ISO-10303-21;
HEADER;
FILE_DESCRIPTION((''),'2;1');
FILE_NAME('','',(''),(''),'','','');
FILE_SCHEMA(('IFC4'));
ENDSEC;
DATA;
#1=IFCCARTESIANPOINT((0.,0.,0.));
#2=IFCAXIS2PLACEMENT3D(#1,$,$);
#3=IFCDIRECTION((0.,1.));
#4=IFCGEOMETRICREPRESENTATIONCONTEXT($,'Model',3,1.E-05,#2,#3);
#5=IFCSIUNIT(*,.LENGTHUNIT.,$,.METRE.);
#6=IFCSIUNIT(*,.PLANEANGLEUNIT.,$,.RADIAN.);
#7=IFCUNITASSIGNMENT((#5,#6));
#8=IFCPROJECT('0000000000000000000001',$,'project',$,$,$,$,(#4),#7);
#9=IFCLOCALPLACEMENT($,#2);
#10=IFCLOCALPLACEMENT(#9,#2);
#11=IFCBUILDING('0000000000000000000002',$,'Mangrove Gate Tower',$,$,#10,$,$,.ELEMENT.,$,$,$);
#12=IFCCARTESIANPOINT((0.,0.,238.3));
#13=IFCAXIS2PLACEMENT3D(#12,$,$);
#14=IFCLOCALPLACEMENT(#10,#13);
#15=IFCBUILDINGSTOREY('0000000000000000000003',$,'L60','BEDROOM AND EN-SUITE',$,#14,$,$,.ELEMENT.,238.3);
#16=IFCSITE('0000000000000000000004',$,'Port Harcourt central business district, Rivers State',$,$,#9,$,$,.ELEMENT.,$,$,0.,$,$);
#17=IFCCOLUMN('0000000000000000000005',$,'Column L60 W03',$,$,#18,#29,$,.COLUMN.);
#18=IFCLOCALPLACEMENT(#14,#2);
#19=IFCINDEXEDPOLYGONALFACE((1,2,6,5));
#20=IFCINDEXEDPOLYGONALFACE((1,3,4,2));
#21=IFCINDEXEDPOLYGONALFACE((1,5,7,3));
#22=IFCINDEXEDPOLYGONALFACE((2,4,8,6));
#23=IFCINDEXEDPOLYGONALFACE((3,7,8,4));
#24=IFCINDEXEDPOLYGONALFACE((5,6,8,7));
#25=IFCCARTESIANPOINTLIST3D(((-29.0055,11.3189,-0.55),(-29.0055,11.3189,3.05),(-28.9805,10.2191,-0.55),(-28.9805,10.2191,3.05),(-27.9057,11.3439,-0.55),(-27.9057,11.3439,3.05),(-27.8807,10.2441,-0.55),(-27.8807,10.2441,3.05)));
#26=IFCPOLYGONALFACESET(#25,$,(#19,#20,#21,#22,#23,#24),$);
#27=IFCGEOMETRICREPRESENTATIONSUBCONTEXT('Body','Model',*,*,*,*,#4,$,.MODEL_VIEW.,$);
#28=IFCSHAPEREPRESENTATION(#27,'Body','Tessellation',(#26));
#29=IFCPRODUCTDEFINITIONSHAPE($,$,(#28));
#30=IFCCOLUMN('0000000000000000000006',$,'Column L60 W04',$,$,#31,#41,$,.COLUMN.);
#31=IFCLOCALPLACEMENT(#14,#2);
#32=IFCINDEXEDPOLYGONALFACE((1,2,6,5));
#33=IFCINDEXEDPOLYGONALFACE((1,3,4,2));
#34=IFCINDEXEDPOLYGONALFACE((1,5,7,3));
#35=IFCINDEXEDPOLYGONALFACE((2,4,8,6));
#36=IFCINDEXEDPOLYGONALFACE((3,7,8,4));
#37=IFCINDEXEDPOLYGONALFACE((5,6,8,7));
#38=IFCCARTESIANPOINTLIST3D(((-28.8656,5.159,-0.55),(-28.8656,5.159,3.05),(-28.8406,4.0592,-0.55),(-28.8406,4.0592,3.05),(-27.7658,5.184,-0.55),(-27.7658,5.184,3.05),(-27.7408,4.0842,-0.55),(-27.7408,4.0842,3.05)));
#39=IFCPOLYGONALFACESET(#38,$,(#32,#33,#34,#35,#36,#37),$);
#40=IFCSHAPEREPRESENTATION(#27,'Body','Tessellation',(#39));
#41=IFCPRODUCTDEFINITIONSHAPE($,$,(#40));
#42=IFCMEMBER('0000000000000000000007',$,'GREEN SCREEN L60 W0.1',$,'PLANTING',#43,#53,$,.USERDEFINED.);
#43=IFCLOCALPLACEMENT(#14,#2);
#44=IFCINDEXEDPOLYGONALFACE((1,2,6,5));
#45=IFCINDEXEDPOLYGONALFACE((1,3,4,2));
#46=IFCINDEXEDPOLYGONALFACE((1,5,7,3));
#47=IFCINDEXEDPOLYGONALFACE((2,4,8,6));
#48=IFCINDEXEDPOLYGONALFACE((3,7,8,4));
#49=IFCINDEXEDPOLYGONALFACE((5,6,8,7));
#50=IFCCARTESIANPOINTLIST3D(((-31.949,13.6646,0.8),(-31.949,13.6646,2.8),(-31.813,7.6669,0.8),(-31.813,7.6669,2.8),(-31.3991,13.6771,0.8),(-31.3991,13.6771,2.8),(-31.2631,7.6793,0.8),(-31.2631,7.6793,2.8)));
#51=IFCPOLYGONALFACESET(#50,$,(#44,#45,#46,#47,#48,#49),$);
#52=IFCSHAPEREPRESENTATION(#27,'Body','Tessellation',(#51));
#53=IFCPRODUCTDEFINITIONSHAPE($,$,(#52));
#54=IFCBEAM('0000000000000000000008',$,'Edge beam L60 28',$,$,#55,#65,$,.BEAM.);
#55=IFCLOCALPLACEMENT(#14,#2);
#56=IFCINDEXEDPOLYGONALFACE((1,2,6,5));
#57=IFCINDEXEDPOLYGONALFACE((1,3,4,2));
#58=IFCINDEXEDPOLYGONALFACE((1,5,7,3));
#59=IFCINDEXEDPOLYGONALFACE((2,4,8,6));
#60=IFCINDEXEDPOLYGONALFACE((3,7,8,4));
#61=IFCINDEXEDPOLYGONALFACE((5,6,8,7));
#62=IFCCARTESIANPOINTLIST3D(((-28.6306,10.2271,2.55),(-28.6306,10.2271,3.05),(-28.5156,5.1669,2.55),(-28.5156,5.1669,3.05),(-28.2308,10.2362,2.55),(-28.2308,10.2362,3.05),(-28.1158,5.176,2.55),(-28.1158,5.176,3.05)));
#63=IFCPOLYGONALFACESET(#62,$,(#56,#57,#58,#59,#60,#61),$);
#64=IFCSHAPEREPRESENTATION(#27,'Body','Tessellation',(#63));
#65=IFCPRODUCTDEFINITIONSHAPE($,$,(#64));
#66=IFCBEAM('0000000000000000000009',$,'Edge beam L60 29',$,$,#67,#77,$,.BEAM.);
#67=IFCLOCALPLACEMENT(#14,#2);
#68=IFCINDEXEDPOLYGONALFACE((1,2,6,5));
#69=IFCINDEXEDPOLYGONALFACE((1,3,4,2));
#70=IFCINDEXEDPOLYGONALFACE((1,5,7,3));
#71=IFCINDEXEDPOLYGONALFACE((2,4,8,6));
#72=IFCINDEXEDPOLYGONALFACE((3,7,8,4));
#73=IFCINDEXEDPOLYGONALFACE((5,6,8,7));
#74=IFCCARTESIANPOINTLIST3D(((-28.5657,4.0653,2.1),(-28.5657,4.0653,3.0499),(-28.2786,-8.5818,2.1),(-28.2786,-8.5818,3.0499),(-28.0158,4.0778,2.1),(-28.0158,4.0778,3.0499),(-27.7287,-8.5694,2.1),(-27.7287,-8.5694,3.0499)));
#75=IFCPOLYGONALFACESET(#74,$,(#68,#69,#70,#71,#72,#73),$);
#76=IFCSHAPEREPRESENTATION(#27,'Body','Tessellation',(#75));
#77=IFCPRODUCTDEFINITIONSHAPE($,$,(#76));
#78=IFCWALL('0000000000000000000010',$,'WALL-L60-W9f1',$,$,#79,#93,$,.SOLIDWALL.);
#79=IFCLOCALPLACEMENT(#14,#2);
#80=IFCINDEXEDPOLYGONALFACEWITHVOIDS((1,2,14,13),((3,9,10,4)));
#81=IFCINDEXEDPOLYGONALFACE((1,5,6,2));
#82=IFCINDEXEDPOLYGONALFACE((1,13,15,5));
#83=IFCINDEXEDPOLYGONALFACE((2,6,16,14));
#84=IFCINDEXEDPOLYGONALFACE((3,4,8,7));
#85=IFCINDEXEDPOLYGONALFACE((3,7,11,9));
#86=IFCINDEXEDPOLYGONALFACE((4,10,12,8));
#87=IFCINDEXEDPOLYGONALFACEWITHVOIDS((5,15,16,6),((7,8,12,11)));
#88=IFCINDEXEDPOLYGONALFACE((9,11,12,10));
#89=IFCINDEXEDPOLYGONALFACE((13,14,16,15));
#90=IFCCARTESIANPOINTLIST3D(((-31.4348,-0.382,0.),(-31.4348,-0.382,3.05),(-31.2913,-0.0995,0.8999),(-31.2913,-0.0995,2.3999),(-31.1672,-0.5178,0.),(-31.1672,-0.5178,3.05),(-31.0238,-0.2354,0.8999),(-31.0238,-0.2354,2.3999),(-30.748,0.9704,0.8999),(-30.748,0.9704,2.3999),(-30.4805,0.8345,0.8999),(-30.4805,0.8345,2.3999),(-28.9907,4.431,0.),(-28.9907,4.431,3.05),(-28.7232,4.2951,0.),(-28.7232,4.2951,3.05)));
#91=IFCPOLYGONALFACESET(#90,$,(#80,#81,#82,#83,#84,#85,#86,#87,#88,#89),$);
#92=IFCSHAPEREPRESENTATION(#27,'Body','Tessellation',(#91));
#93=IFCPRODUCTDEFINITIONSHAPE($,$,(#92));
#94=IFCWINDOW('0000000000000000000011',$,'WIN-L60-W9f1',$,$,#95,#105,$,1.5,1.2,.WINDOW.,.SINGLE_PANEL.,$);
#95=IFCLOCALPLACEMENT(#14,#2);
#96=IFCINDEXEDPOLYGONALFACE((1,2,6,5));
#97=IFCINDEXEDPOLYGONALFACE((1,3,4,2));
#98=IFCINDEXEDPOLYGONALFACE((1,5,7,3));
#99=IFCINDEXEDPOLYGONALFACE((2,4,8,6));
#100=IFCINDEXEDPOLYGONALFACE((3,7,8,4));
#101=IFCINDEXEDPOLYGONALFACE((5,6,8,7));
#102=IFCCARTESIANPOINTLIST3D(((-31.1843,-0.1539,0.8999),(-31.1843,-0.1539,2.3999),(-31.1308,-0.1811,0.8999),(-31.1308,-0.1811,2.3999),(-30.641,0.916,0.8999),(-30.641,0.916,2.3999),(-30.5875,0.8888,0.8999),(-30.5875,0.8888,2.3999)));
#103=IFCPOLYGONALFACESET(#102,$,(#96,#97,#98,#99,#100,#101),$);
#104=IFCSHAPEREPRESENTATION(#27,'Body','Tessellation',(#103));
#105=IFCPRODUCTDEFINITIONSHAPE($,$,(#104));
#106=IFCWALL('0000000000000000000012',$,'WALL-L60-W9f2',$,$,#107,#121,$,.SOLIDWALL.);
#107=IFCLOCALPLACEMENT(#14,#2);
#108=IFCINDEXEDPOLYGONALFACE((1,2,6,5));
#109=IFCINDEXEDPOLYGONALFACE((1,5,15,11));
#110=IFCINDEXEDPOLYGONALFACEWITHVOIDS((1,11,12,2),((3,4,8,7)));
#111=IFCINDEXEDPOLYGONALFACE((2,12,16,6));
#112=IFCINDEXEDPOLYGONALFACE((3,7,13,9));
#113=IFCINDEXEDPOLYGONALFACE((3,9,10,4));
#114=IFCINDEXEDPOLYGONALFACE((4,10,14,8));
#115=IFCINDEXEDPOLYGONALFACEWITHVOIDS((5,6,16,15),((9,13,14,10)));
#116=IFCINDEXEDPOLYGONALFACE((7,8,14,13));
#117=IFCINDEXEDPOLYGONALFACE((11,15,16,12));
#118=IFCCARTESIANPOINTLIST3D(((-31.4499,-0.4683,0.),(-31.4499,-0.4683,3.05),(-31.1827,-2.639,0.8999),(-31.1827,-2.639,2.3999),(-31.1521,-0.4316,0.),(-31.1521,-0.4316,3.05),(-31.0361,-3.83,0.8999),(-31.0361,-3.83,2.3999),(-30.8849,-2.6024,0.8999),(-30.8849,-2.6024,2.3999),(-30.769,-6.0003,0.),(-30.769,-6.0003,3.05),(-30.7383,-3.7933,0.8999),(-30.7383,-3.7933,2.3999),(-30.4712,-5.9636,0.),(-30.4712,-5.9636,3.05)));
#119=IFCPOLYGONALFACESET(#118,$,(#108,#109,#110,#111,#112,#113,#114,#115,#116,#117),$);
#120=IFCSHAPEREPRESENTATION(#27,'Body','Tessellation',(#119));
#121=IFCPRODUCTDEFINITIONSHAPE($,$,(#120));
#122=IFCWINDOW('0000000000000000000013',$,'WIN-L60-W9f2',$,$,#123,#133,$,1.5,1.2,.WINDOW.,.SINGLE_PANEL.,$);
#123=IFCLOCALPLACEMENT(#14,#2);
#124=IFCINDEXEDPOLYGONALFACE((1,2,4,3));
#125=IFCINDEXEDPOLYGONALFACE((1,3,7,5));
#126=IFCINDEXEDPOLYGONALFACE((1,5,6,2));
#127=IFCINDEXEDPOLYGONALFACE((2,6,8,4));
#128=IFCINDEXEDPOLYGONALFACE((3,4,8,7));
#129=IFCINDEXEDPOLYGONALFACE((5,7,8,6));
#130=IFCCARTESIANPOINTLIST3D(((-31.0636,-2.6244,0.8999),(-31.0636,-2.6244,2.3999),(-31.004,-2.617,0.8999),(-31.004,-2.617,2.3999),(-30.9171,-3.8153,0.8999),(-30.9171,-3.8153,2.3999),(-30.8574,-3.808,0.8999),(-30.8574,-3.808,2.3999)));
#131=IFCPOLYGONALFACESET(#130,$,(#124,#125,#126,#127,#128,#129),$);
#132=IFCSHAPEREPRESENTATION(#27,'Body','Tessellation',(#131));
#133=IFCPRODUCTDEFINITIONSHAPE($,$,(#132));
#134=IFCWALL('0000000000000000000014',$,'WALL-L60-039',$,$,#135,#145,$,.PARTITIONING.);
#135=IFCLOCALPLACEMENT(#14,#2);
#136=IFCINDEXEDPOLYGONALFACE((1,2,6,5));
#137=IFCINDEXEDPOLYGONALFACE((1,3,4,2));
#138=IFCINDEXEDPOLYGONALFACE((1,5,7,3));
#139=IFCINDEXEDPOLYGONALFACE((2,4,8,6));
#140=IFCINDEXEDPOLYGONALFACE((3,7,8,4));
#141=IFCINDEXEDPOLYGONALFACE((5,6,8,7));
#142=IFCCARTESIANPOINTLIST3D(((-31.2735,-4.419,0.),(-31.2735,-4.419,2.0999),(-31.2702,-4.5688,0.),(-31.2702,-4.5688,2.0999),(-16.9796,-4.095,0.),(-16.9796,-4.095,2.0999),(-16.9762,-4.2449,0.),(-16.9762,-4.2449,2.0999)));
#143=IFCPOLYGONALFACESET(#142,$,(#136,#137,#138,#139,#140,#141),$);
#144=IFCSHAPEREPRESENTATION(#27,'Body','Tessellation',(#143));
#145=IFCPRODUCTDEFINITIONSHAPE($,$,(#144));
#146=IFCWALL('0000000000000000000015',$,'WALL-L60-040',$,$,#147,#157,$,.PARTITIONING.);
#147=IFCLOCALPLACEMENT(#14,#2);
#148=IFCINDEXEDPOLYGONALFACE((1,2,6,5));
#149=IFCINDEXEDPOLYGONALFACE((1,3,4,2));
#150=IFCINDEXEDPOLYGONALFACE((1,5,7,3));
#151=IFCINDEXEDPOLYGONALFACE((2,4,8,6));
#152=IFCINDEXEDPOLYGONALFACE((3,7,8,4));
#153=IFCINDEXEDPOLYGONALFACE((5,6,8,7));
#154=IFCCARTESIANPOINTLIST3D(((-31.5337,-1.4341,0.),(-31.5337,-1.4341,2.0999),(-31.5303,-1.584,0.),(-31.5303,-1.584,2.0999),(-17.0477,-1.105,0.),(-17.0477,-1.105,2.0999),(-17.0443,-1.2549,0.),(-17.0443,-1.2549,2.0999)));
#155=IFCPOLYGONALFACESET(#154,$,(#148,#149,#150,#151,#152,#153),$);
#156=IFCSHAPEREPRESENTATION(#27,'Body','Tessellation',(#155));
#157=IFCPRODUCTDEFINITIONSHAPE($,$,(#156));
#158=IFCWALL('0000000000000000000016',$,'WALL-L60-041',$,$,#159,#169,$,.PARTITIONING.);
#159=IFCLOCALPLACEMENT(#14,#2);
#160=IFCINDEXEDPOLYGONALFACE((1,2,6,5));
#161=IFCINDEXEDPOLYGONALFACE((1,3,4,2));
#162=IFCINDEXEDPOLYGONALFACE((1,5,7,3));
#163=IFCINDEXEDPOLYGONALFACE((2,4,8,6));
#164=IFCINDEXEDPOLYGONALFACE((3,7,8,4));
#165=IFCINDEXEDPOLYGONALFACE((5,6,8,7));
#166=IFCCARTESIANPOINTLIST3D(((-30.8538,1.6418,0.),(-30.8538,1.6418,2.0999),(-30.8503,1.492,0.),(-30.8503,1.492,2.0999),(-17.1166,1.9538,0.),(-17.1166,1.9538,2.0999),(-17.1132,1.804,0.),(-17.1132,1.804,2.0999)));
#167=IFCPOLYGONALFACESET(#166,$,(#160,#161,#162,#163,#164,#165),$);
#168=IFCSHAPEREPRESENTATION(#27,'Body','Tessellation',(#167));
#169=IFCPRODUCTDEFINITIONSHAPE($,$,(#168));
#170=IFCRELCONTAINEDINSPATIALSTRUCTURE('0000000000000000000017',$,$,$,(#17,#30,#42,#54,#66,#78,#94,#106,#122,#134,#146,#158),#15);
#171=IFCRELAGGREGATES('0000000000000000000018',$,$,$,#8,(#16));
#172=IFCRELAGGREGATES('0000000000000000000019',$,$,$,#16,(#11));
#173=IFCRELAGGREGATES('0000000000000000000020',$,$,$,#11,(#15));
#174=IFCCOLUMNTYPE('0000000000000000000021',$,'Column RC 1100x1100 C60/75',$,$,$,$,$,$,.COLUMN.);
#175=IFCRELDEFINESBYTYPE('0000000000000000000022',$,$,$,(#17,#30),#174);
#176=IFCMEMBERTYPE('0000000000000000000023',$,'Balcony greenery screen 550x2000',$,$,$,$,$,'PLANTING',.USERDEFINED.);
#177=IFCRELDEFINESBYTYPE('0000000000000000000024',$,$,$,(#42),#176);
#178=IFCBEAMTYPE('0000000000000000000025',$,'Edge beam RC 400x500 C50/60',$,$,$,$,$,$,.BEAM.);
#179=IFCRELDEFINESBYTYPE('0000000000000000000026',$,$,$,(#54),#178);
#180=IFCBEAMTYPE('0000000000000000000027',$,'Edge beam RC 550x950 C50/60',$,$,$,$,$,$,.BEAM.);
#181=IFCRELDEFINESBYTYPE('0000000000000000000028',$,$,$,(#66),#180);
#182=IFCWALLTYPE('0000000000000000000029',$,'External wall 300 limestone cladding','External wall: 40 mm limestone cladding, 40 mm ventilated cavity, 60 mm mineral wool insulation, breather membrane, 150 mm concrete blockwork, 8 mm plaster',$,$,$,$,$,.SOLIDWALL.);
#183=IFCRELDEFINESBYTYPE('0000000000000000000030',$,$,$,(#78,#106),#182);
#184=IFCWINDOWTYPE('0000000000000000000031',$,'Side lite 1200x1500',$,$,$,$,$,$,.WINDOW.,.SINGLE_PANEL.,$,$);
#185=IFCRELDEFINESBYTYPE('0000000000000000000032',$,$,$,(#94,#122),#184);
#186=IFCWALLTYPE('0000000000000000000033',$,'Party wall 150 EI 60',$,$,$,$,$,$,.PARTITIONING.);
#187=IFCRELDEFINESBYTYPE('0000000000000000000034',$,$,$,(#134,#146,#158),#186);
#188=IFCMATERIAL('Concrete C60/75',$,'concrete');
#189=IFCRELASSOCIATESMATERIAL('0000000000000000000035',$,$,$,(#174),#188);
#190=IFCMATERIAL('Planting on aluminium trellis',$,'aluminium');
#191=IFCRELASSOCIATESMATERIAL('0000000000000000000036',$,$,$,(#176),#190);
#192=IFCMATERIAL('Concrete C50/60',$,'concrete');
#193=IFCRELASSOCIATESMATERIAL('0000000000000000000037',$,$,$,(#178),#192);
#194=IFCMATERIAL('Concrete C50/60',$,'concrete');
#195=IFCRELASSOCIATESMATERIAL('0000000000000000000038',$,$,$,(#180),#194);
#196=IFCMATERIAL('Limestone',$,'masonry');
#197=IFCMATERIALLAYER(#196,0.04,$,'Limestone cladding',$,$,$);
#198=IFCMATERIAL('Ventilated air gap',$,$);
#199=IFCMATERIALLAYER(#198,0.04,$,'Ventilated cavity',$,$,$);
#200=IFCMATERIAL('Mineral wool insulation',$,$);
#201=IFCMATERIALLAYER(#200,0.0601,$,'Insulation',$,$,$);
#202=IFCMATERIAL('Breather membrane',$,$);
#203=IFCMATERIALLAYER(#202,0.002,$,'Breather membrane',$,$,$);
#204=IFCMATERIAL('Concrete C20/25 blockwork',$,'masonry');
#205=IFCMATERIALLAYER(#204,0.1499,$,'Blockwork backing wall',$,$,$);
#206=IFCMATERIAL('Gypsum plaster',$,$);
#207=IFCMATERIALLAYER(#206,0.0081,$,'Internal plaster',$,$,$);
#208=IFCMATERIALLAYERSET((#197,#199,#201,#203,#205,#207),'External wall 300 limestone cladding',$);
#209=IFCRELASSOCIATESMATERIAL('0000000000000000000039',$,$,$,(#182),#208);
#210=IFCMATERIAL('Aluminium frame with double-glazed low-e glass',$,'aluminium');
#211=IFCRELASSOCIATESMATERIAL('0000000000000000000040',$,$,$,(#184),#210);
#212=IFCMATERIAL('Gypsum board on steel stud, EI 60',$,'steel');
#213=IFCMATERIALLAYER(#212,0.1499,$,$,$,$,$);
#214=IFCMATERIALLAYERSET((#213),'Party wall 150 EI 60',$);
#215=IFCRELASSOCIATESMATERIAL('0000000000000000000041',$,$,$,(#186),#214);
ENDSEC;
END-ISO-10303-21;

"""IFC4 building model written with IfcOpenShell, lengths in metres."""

from ifc_helpers import new_model, si_unit, direction, frame, frame_2d, origin, origin_2d, place, context, subcontext, project, spatial, rectangle, extrude, material, layer, layer_set, material_profile, profile_set, type_object, element, fill, save


model = new_model("IFC4")

# Units and contexts
model_context = context("Model", 3, precision=1e-05, world=origin(), true_north=direction((0.0, 1.0)))
body_context = subcontext(model_context, "Body", "Model", "MODEL_VIEW")
ifc_project = project(units=[si_unit("LENGTHUNIT", "METRE"), si_unit("PLANEANGLEUNIT", "RADIAN")], contexts=[model_context])

# Site, building, storey
site_placement = place(None, origin())
site = spatial("IfcSite", under=ifc_project, at=site_placement, Name="Port Harcourt central business district, Rivers State", CompositionType="ELEMENT", RefElevation=0.0)
building_placement = place(site_placement, origin())
building = spatial("IfcBuilding", under=site, at=building_placement, Name="Mangrove Gate Tower", CompositionType="ELEMENT")
storey_placement = place(building_placement, frame((0.0, 0.0, 238.3)))
storey = spatial("IfcBuildingStorey", under=building, at=storey_placement, Name="L60", Description="BEDROOM AND EN-SUITE", CompositionType="ELEMENT", Elevation=238.3)

# Columns
ifc_material_1 = material(Name="Concrete C60/75", Category="concrete")
ifc_material_profile_1 = material_profile(ifc_material_1, rectangle(XDim=1.1001, YDim=1.1001, at=origin_2d()))
ifc_profile_set_1 = profile_set([ifc_material_profile_1], Name="Concrete C60/75")
column_type = type_object("IfcColumnType", Name="Column RC 1100x1100 C60/75", PredefinedType="COLUMN", material=ifc_profile_set_1)
for number, where, z_axis, x_axis, name in (
    (1, (-28.4431, 10.7815, -0.55), (0.0, 0.0, 1.0), (0.02272, -0.999742, 0.0), "Column L60 W03"),
    (2, (-28.3032, 4.6216, -0.55), (0.0, 0.0, 1.0), (0.0227, -0.999742, 0.0), "Column L60 W04"),
):
    element("IfcColumn", number, at=place(storey_placement, frame(where, z_axis=z_axis, x_axis=x_axis)), inside=storey, type_object=column_type, Name=name, PredefinedType="COLUMN", context=body_context, shape_type="SweptSolid", body=[
        extrude(rectangle(XDim=1.1001, YDim=1.1001, at=origin_2d()), origin(), (0.0, 0.0, 1.0), 3.6001),
    ])

# Member
ifc_material_2 = material(Name="Planting on aluminium trellis", Category="aluminium")
ifc_material_profile_2 = material_profile(ifc_material_2, rectangle(XDim=0.55, YDim=2.0, at=origin_2d()))
ifc_profile_set_2 = profile_set([ifc_material_profile_2], Name="Planting on aluminium trellis")
member_type = type_object("IfcMemberType", Name="Balcony greenery screen 550x2000", ElementType="PLANTING", PredefinedType="USERDEFINED", material=ifc_profile_set_2)
member_placement = place(storey_placement, frame((-31.5381, 7.6731, 1.8), z_axis=(-0.022667, 0.999743, 0.0), x_axis=(-0.999743, -0.022667, 0.0)))
element("IfcMember", 3, at=member_placement, inside=storey, type_object=member_type, Name="GREEN SCREEN L60 W0.1", ObjectType="PLANTING", PredefinedType="USERDEFINED", context=body_context, shape_type="SweptSolid", body=[
    extrude(rectangle(XDim=0.55, YDim=2.0, at=origin_2d()), origin(), (0.0, 0.0, 1.0), 5.9993),
])

# Beams
ifc_material_3 = material(Name="Concrete C50/60", Category="concrete")
ifc_material_profile_3 = material_profile(ifc_material_3, rectangle(XDim=0.3999, YDim=0.5, at=origin_2d()))
ifc_profile_set_3 = profile_set([ifc_material_profile_3], Name="Concrete C50/60")
beam_type_1 = type_object("IfcBeamType", Name="Edge beam RC 400x500 C50/60", PredefinedType="BEAM", material=ifc_profile_set_3)
beam_1_placement = place(storey_placement, frame((-28.4307, 10.2317, 2.8), z_axis=(0.022718, -0.999742, 0.0), x_axis=(0.999742, 0.022718, 0.0)))
element("IfcBeam", 4, at=beam_1_placement, inside=storey, type_object=beam_type_1, Name="Edge beam L60 28", PredefinedType="BEAM", context=body_context, shape_type="SweptSolid", body=[
    extrude(rectangle(XDim=0.3999, YDim=0.5, at=origin_2d()), origin(), (0.0, 0.0, 1.0), 5.0615),
])
ifc_material_4 = material(Name="Concrete C50/60", Category="concrete")
ifc_material_profile_4 = material_profile(ifc_material_4, rectangle(XDim=0.55, YDim=0.95, at=origin_2d()))
ifc_profile_set_4 = profile_set([ifc_material_profile_4], Name="Concrete C50/60")
beam_type_2 = type_object("IfcBeamType", Name="Edge beam RC 550x950 C50/60", PredefinedType="BEAM", material=ifc_profile_set_4)
beam_2_placement = place(storey_placement, frame((-28.2908, 4.0715, 2.575), z_axis=(0.022696, -0.999742, 0.0), x_axis=(0.999742, 0.022696, 0.0)))
element("IfcBeam", 5, at=beam_2_placement, inside=storey, type_object=beam_type_2, Name="Edge beam L60 29", PredefinedType="BEAM", context=body_context, shape_type="SweptSolid", body=[
    extrude(rectangle(XDim=0.55, YDim=0.95, at=origin_2d()), origin(), (0.0, 0.0, 1.0), 12.6504),
])

# Walls, openings, windows
ifc_material_5 = material(Name="Limestone", Category="masonry")
ifc_layer_1 = layer(ifc_material_5, 0.04, Name="Limestone cladding")
ifc_material_6 = material(Name="Ventilated air gap")
ifc_layer_2 = layer(ifc_material_6, 0.04, Name="Ventilated cavity")
ifc_material_7 = material(Name="Mineral wool insulation")
ifc_layer_3 = layer(ifc_material_7, 0.0601, Name="Insulation")
ifc_material_8 = material(Name="Breather membrane")
ifc_layer_4 = layer(ifc_material_8, 0.002, Name="Breather membrane")
ifc_material_9 = material(Name="Concrete C20/25 blockwork", Category="masonry")
ifc_layer_5 = layer(ifc_material_9, 0.1499, Name="Blockwork backing wall")
ifc_material_10 = material(Name="Gypsum plaster")
ifc_layer_6 = layer(ifc_material_10, 0.0081, Name="Internal plaster")
ifc_layer_set_1 = layer_set([ifc_layer_1, ifc_layer_2, ifc_layer_3, ifc_layer_4, ifc_layer_5, ifc_layer_6], Name="External wall 300 limestone cladding")
wall_type_1 = type_object("IfcWallType", Name="External wall 300 limestone cladding", Description="External wall: 40 mm limestone cladding, 40 mm ventilated cavity, 60 mm mineral wool insulation, breather membrane, 150 mm concrete blockwork, 8 mm plaster", PredefinedType="SOLIDWALL", material=ifc_layer_set_1)
wall_1_placement = place(storey_placement, frame((-28.8569, 4.363, 0.0), z_axis=(0.0, 0.0, 1.0), x_axis=(-0.452777, -0.891624, 0.0)))
wall_1 = element("IfcWall", 6, at=wall_1_placement, inside=storey, type_object=wall_type_1, Name="WALL-L60-W9f1", PredefinedType="SOLIDWALL", context=body_context, shape_type="SweptSolid", body=[
    extrude(rectangle(XDim=5.3979, YDim=0.3, at=frame_2d((2.699, 0.0))), origin(), (0.0, 0.0, 1.0), 3.05),
])
opening_1_placement = place(wall_1_placement, frame((3.8811, 0.0, 0.8999)))
opening_1 = element("IfcOpeningElement", 7, at=opening_1_placement, cuts=wall_1, PredefinedType="OPENING", context=body_context, shape_type="SweptSolid", body=[
    extrude(rectangle(XDim=1.2, YDim=1.5, at=frame_2d((0.6001, 0.75))), frame((0.0, 0.1599, 0.0), z_axis=(0.0, -1.0, 0.0), x_axis=(1.0, 0.0, 0.0)), (0.0, 0.0, 1.0), 0.3201),
])
ifc_material_11 = material(Name="Aluminium frame with double-glazed low-e glass", Category="aluminium")
window_type = type_object("IfcWindowType", Name="Side lite 1200x1500", PartitioningType="SINGLE_PANEL", PredefinedType="WINDOW", material=ifc_material_11)
window_1_placement = place(opening_1_placement, origin())
window_1 = element("IfcWindow", 8, at=window_1_placement, inside=storey, type_object=window_type, Name="WIN-L60-W9f1", OverallHeight=1.5, OverallWidth=1.2, PartitioningType="SINGLE_PANEL", PredefinedType="WINDOW", context=body_context, shape_type="SweptSolid", body=[
    extrude(rectangle(XDim=1.2, YDim=1.5, at=frame_2d((0.6001, 0.75))), frame((0.0, 0.03, 0.0), z_axis=(0.0, -1.0, 0.0), x_axis=(1.0, 0.0, 0.0)), (0.0, 0.0, 1.0), 0.0601),
])
fill(opening_1, window_1)
wall_2_placement = place(storey_placement, frame((-31.301, -0.45, 0.0), z_axis=(0.0, 0.0, 1.0), x_axis=(0.122164, -0.99251, 0.0)))
wall_2 = element("IfcWall", 9, at=wall_2_placement, inside=storey, type_object=wall_type_1, Name="WALL-L60-W9f2", PredefinedType="SOLIDWALL", context=body_context, shape_type="SweptSolid", body=[
    extrude(rectangle(XDim=5.5737, YDim=0.3, at=frame_2d((2.7869, 0.0))), origin(), (0.0, 0.0, 1.0), 3.05),
])
opening_2_placement = place(wall_2_placement, frame((2.187, 0.0, 0.8999)))
opening_2 = element("IfcOpeningElement", 10, at=opening_2_placement, cuts=wall_2, PredefinedType="OPENING", context=body_context, shape_type="SweptSolid", body=[
    extrude(rectangle(XDim=1.2, YDim=1.5, at=frame_2d((0.6001, 0.75))), frame((0.0, 0.1599, 0.0), z_axis=(0.0, -1.0, 0.0), x_axis=(1.0, 0.0, 0.0)), (0.0, 0.0, 1.0), 0.3201),
])
window_2_placement = place(opening_2_placement, origin())
window_2 = element("IfcWindow", 11, at=window_2_placement, inside=storey, type_object=window_type, Name="WIN-L60-W9f2", OverallHeight=1.5, OverallWidth=1.2, PartitioningType="SINGLE_PANEL", PredefinedType="WINDOW", context=body_context, shape_type="SweptSolid", body=[
    extrude(rectangle(XDim=1.2, YDim=1.5, at=frame_2d((0.6001, 0.75))), frame((0.0, 0.03, 0.0), z_axis=(0.0, -1.0, 0.0), x_axis=(1.0, 0.0, 0.0)), (0.0, 0.0, 1.0), 0.0601),
])
fill(opening_2, window_2)

# Walls
ifc_material_12 = material(Name="Gypsum board on steel stud, EI 60", Category="steel")
ifc_layer_7 = layer(ifc_material_12, 0.1499)
ifc_layer_set_2 = layer_set([ifc_layer_7], Name="Party wall 150 EI 60")
wall_type_2 = type_object("IfcWallType", Name="Party wall 150 EI 60", PredefinedType="PARTITIONING", material=ifc_layer_set_2)
wall_3_placement = place(storey_placement, frame((-31.272, -4.4939, 0.0), z_axis=(0.0, 0.0, 1.0), x_axis=(0.999743, 0.022659, 0.0)))
element("IfcWall", 12, at=wall_3_placement, inside=storey, type_object=wall_type_2, Name="WALL-L60-039", PredefinedType="PARTITIONING", context=body_context, shape_type="SweptSolid", body=[
    extrude(rectangle(XDim=14.2976, YDim=0.1499, at=frame_2d((7.1489, 0.0))), origin(), (0.0, 0.0, 1.0), 2.0999),
])
wall_4_placement = place(storey_placement, frame((-31.532, -1.509, 0.0), z_axis=(0.0, 0.0, 1.0), x_axis=(0.999742, 0.022713, 0.0)))
element("IfcWall", 13, at=wall_4_placement, inside=storey, type_object=wall_type_2, Name="WALL-L60-040", PredefinedType="PARTITIONING", context=body_context, shape_type="SweptSolid", body=[
    extrude(rectangle(XDim=14.4897, YDim=0.1499, at=frame_2d((7.2449, 0.0))), origin(), (0.0, 0.0, 1.0), 2.0999),
])
wall_5_placement = place(storey_placement, frame((-30.8521, 1.5669, 0.0), z_axis=(0.0, 0.0, 1.0), x_axis=(0.999742, 0.022707, 0.0)))
element("IfcWall", 14, at=wall_5_placement, inside=storey, type_object=wall_type_2, Name="WALL-L60-041", PredefinedType="PARTITIONING", context=body_context, shape_type="SweptSolid", body=[
    extrude(rectangle(XDim=13.7407, YDim=0.1499, at=frame_2d((6.8704, 0.0))), origin(), (0.0, 0.0, 1.0), 2.0999),
])

save(model, "model.ifc")
